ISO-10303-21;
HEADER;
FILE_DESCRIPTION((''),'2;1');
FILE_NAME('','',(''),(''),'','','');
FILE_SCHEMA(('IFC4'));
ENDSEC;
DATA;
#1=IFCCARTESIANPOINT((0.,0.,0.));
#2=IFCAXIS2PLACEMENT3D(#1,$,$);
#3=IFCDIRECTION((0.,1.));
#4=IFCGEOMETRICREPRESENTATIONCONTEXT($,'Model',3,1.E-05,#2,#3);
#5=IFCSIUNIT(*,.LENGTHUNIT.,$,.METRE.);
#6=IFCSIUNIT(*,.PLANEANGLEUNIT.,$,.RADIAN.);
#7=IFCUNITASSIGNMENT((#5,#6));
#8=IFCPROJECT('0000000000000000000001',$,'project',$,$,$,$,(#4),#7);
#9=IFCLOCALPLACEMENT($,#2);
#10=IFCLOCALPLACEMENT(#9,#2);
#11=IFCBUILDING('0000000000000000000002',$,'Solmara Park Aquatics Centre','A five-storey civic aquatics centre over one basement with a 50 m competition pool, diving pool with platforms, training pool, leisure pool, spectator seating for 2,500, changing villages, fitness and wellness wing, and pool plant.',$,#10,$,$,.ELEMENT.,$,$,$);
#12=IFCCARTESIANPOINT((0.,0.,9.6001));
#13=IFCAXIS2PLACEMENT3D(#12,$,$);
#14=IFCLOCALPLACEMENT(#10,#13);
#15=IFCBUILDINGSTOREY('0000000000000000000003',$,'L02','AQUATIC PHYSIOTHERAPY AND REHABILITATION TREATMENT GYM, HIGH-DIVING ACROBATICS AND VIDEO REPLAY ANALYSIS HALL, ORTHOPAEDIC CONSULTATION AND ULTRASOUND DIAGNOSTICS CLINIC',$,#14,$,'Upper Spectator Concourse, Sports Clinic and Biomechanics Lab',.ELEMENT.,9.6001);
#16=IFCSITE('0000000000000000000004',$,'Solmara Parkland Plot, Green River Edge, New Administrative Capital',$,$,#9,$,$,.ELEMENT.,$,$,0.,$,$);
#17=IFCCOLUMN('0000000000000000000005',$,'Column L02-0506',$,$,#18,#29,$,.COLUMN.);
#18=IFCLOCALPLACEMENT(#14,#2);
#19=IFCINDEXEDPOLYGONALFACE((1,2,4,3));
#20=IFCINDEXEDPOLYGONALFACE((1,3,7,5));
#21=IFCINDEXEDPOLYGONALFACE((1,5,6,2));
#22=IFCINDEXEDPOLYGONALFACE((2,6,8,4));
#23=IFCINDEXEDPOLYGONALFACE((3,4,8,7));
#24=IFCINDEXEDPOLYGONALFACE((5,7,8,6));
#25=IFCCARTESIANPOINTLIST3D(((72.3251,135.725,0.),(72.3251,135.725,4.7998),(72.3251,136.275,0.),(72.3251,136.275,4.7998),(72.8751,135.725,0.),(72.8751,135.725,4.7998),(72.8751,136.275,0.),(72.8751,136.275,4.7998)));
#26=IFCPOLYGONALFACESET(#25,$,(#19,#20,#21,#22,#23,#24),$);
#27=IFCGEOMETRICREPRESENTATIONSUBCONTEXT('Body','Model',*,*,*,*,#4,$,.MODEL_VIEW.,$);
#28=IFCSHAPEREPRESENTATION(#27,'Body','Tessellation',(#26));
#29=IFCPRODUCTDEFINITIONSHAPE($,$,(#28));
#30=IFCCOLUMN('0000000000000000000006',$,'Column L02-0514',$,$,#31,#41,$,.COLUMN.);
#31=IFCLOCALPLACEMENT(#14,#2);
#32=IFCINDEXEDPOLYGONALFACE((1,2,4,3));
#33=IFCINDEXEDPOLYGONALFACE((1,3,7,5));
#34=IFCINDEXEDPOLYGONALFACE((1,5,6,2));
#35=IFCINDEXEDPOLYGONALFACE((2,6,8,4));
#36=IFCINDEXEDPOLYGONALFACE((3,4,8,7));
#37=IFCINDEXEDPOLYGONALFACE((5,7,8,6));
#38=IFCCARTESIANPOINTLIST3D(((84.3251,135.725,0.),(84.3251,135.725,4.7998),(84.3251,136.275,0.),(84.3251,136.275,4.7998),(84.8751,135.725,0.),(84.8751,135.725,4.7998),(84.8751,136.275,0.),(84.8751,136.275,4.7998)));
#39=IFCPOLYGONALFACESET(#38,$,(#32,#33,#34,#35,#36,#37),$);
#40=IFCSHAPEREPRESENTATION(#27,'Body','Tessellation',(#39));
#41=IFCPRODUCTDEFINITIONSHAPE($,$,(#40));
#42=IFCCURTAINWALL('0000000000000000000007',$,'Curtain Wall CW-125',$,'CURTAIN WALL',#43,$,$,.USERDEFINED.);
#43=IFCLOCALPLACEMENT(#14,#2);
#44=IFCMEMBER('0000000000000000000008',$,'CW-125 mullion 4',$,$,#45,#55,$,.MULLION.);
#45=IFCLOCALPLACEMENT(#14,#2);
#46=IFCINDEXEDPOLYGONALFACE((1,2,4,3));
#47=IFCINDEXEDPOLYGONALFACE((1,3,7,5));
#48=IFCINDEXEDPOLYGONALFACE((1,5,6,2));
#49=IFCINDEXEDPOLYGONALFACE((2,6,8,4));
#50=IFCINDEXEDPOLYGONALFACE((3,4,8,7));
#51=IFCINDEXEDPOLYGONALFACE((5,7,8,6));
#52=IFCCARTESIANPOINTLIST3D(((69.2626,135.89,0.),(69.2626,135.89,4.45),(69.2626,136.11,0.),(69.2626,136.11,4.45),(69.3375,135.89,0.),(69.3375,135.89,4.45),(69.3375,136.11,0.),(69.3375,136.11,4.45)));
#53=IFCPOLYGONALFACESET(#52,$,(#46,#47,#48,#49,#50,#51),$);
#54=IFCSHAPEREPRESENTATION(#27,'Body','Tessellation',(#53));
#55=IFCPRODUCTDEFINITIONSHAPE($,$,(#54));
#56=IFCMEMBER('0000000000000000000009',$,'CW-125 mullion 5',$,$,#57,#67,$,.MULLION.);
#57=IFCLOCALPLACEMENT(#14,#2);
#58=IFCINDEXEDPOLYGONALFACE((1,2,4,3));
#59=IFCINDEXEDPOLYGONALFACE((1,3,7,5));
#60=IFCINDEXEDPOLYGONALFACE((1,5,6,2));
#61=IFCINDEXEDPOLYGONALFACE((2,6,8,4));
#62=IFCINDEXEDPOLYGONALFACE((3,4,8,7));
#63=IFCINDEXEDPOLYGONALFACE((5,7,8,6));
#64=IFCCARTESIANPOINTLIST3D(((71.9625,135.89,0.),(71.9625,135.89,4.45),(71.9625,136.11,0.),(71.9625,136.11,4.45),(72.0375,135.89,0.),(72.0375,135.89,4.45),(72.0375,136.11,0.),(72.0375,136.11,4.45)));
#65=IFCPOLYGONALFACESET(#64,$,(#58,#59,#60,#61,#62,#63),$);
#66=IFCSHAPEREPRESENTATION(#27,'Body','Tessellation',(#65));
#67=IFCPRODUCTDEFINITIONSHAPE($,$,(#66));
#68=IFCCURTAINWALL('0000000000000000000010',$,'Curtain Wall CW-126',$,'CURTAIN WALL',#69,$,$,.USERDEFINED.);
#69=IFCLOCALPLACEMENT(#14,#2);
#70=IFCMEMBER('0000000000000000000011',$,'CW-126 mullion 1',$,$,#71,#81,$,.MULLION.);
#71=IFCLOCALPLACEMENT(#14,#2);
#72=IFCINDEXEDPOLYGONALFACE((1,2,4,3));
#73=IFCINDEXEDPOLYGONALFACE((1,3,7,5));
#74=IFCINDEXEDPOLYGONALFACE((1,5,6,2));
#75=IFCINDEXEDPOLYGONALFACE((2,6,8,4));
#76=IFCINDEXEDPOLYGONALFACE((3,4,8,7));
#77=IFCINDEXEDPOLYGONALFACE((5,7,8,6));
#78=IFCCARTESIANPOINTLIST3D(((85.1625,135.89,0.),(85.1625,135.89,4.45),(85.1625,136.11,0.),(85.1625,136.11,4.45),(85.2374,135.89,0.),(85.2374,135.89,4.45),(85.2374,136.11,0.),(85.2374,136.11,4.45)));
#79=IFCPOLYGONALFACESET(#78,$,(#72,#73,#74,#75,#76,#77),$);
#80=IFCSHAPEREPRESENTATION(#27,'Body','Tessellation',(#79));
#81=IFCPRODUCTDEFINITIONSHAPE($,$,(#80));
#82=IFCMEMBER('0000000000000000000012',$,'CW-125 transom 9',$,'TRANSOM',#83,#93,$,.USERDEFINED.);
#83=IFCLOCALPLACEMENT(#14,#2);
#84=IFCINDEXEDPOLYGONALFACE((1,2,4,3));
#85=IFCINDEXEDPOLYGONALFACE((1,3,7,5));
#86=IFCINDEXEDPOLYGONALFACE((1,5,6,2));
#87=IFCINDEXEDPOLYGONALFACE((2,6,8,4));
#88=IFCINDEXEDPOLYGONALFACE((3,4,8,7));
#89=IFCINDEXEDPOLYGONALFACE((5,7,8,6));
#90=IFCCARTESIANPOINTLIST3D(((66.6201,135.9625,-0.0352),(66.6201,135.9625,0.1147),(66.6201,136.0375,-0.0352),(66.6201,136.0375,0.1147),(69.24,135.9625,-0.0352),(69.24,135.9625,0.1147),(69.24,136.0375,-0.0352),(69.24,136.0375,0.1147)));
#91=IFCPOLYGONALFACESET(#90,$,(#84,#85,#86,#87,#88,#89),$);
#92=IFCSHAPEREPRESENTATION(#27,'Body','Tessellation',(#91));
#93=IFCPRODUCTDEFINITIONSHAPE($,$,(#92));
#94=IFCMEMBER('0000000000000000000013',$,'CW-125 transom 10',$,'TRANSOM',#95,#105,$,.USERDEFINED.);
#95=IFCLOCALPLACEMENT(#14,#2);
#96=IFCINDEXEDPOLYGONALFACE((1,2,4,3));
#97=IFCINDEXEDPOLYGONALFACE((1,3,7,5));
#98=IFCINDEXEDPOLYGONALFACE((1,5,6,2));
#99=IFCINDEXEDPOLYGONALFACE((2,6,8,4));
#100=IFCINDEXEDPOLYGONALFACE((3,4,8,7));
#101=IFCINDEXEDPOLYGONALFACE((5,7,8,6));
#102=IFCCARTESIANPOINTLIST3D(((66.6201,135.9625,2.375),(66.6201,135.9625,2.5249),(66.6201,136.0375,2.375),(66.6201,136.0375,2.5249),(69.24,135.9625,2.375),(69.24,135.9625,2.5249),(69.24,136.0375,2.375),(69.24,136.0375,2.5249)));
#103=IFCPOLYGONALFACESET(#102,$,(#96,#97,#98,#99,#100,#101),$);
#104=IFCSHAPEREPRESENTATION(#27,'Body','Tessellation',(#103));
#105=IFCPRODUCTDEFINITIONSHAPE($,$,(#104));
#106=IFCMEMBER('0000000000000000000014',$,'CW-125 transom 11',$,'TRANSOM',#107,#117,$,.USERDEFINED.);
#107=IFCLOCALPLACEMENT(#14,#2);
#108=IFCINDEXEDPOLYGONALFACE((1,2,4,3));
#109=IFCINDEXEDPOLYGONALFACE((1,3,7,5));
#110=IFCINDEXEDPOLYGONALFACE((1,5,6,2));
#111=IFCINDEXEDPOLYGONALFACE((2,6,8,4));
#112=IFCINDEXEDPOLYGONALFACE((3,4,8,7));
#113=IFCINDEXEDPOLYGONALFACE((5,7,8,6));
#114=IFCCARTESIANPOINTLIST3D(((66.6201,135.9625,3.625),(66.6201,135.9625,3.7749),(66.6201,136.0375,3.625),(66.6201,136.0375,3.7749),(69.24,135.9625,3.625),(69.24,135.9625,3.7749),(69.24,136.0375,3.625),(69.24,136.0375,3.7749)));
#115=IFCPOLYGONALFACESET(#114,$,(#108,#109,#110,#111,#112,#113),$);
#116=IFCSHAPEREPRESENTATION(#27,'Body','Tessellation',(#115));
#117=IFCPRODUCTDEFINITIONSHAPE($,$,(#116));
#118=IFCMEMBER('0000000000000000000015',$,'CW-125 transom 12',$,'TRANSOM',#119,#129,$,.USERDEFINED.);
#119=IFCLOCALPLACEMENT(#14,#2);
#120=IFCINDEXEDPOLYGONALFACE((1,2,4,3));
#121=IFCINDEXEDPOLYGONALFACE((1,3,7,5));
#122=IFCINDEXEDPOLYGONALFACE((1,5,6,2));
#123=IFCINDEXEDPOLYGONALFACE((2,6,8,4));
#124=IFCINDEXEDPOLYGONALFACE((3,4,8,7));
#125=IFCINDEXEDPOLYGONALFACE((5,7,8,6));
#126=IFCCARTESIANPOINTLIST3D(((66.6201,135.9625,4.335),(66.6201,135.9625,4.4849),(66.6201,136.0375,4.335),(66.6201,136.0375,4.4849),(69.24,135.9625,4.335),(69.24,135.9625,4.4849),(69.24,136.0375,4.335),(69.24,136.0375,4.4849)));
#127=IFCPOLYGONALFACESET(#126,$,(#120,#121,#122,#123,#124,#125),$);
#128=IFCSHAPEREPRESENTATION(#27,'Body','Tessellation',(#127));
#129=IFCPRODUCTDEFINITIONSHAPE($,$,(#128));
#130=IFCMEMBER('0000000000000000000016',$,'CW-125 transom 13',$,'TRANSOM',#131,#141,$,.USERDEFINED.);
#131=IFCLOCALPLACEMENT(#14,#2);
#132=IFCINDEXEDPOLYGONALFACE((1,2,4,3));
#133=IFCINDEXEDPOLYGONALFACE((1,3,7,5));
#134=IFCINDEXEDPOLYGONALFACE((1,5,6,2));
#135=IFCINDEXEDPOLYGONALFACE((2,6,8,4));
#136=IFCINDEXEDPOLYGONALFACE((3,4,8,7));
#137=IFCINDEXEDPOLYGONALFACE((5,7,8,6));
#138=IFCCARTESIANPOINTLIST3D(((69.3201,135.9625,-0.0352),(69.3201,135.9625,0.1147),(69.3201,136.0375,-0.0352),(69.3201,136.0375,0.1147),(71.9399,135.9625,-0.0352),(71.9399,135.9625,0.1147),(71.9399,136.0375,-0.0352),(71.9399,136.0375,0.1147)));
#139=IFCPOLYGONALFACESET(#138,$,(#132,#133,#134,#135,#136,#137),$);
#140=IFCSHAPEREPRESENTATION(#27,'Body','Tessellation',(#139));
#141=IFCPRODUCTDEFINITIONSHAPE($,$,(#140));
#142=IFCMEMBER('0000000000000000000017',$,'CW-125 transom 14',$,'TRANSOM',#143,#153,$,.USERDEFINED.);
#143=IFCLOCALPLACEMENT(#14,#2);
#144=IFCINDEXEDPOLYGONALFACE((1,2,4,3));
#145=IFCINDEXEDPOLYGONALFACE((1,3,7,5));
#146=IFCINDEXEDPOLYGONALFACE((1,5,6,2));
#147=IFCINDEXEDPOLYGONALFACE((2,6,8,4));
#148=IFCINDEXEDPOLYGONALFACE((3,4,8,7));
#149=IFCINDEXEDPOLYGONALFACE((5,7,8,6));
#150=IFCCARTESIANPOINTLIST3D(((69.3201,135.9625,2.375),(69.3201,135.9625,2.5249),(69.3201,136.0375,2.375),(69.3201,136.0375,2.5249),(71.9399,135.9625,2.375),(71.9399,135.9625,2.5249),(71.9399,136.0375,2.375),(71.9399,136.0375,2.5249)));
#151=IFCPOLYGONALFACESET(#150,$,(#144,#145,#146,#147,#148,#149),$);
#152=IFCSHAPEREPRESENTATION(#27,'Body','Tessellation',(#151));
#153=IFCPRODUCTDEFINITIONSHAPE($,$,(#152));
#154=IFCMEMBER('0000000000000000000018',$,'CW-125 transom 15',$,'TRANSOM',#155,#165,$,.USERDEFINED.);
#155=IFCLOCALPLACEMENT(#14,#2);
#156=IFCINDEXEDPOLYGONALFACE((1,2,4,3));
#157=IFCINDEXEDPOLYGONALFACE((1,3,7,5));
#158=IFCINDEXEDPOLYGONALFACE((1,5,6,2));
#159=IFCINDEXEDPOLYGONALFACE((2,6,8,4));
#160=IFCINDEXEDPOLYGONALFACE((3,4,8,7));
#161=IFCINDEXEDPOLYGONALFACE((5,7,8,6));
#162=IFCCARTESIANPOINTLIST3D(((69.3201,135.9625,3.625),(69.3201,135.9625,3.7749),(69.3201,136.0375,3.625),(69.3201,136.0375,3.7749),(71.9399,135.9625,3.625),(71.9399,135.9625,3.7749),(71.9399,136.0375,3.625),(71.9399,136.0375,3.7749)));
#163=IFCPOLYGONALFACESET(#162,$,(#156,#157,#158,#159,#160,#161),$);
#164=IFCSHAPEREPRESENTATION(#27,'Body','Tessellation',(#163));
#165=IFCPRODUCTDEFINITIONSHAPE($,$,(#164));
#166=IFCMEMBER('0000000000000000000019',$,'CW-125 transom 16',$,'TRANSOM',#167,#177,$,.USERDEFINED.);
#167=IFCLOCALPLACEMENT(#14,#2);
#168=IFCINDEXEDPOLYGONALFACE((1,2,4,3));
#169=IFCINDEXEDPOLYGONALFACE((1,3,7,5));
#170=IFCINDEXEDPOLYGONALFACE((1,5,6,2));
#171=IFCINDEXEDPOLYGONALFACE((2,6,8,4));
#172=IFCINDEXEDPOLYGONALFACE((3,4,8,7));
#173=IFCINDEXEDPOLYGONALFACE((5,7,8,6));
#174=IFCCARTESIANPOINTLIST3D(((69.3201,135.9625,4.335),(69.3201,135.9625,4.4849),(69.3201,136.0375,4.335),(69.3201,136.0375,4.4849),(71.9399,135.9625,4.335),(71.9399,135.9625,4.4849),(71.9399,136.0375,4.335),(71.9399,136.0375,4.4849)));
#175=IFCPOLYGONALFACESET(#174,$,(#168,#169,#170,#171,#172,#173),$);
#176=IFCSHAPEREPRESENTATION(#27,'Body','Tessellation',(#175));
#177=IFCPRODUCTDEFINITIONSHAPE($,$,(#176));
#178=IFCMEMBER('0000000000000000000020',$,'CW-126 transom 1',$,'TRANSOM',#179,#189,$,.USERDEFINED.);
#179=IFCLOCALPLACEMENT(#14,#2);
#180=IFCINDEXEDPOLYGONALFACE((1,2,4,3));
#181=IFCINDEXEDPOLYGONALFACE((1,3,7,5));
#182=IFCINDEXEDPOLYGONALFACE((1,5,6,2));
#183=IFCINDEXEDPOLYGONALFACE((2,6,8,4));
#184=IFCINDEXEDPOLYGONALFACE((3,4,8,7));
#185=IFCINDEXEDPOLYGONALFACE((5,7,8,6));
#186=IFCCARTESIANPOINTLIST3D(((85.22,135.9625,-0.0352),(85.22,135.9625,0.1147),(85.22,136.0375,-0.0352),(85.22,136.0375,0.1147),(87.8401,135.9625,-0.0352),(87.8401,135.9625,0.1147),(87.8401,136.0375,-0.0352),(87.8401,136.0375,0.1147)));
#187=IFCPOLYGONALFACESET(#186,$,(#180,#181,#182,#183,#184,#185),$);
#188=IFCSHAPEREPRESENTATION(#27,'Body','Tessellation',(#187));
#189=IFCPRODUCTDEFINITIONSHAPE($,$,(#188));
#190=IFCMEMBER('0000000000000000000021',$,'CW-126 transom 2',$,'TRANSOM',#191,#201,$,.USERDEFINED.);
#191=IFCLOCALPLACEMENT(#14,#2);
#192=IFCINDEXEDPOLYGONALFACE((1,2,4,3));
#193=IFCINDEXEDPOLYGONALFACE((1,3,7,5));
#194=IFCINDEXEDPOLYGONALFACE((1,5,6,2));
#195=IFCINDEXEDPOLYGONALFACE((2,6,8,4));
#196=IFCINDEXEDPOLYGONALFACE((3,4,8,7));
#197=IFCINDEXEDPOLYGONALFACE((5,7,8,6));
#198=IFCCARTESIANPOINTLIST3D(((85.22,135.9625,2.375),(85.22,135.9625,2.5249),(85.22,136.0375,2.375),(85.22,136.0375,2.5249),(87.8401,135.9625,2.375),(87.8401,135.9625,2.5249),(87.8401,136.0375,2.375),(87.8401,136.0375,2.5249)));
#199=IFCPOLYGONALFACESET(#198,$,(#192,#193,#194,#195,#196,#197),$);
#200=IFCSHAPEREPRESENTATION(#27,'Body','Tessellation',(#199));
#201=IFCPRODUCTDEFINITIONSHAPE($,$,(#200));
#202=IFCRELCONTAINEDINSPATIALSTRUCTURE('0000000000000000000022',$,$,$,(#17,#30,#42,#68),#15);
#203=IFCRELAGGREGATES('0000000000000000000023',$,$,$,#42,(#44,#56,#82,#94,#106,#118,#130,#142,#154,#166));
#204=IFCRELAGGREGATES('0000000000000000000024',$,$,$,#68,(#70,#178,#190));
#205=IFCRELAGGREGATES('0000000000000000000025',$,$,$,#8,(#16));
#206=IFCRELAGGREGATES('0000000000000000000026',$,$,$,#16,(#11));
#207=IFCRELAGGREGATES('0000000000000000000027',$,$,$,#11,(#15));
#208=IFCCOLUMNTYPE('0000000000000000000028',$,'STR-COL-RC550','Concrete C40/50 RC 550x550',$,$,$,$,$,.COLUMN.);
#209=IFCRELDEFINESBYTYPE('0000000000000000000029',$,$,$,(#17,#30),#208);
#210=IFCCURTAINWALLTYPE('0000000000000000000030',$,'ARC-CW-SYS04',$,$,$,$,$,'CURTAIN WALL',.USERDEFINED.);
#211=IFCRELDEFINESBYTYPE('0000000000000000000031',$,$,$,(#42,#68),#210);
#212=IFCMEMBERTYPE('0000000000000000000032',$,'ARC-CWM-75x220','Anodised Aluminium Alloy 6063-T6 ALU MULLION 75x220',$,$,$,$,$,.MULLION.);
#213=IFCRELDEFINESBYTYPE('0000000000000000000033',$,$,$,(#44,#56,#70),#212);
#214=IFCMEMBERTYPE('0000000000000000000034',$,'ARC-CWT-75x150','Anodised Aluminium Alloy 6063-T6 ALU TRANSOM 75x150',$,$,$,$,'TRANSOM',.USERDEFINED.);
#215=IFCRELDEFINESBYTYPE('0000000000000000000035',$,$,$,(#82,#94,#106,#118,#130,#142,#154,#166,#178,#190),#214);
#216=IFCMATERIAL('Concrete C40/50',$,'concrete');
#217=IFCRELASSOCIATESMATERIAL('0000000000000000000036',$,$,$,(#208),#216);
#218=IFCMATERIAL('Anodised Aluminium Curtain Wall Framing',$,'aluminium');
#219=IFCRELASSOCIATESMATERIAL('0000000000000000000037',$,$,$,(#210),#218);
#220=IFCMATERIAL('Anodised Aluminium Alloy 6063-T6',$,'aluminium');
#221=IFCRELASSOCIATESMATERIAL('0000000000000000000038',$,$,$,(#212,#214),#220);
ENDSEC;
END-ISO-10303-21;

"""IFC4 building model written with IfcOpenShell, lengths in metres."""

from ifc_helpers import new_model, si_unit, direction, frame, origin, origin_2d, place, context, subcontext, project, spatial, rectangle, extrude, material, material_profile, profile_set, type_object, element, aggregate, save


model = new_model("IFC4")

# Units and contexts
model_context = context("Model", 3, precision=1e-05, world=origin(), true_north=direction((0.0, 1.0)))
body_context = subcontext(model_context, "Body", "Model", "MODEL_VIEW")
ifc_project = project(units=[si_unit("LENGTHUNIT", "METRE"), si_unit("PLANEANGLEUNIT", "RADIAN")], contexts=[model_context])

# Site, building, storey
site_placement = place(None, origin())
site = spatial("IfcSite", under=ifc_project, at=site_placement, Name="Solmara Parkland Plot, Green River Edge, New Administrative Capital", CompositionType="ELEMENT", RefElevation=0.0)
building_placement = place(site_placement, origin())
building = spatial("IfcBuilding", under=site, at=building_placement, Name="Solmara Park Aquatics Centre", Description="A five-storey civic aquatics centre over one basement with a 50 m competition pool, diving pool with platforms, training pool, leisure pool, spectator seating for 2,500, changing villages, fitness and wellness wing, and pool plant.", CompositionType="ELEMENT")
storey_placement = place(building_placement, frame((0.0, 0.0, 9.6001)))
storey = spatial("IfcBuildingStorey", under=building, at=storey_placement, Name="L02", Description="AQUATIC PHYSIOTHERAPY AND REHABILITATION TREATMENT GYM, HIGH-DIVING ACROBATICS AND VIDEO REPLAY ANALYSIS HALL, ORTHOPAEDIC CONSULTATION AND ULTRASOUND DIAGNOSTICS CLINIC", LongName="Upper Spectator Concourse, Sports Clinic and Biomechanics Lab", CompositionType="ELEMENT", Elevation=9.6001)

# Columns
ifc_material_1 = material(Name="Concrete C40/50", Category="concrete")
ifc_material_profile_1 = material_profile(ifc_material_1, rectangle(XDim=0.55, YDim=0.55, at=origin_2d()), Name="RC 550x550")
ifc_profile_set_1 = profile_set([ifc_material_profile_1], Name="Concrete C40/50")
column_type = type_object("IfcColumnType", Name="STR-COL-RC550", Description="Concrete C40/50 RC 550x550", PredefinedType="COLUMN", material=ifc_profile_set_1)
for number, where, z_axis, x_axis, name in (
    (1, (72.6001, 136.0, 0.0), (0.0, 0.0, 1.0), (1.0, 0.0, 0.0), "Column L02-0506"),
    (2, (84.6001, 136.0, 0.0), (0.0, 0.0, 1.0), (1.0, 0.0, 0.0), "Column L02-0514"),
):
    element("IfcColumn", number, at=place(storey_placement, frame(where, z_axis=z_axis, x_axis=x_axis)), inside=storey, type_object=column_type, Name=name, PredefinedType="COLUMN", context=body_context, shape_type="SweptSolid", body=[
        extrude(rectangle(XDim=0.55, YDim=0.55, at=origin_2d()), origin(), (0.0, 0.0, 1.0), 4.7998),
    ])

# Curtain wall, members
ifc_material_2 = material(Name="Anodised Aluminium Curtain Wall Framing", Category="aluminium")
curtain_wall_type = type_object("IfcCurtainWallType", Name="ARC-CW-SYS04", ElementType="CURTAIN WALL", PredefinedType="USERDEFINED", material=ifc_material_2)
curtain_wall_1_placement = place(storey_placement, origin())
curtain_wall_1 = element("IfcCurtainWall", 3, at=curtain_wall_1_placement, inside=storey, type_object=curtain_wall_type, Name="Curtain Wall CW-125", ObjectType="CURTAIN WALL", PredefinedType="USERDEFINED")
ifc_material_3 = material(Name="Anodised Aluminium Alloy 6063-T6", Category="aluminium")
ifc_material_profile_2 = material_profile(ifc_material_3, rectangle(XDim=0.075, YDim=0.22, at=origin_2d()), Name="ALU MULLION 75x220")
ifc_profile_set_2 = profile_set([ifc_material_profile_2], Name="Anodised Aluminium Alloy 6063-T6")
member_type_1 = type_object("IfcMemberType", Name="ARC-CWM-75x220", Description="Anodised Aluminium Alloy 6063-T6 ALU MULLION 75x220", PredefinedType="MULLION", material=ifc_profile_set_2)
member_1_placement = place(storey_placement, frame((69.3, 136.0, 0.0), z_axis=(0.0, 0.0, 1.0), x_axis=(1.0, 0.0, 0.0)))
member_1 = element("IfcMember", 4, at=member_1_placement, type_object=member_type_1, Name="CW-125 mullion 4", PredefinedType="MULLION", context=body_context, shape_type="SweptSolid", body=[
    extrude(rectangle(XDim=0.075, YDim=0.22, at=origin_2d()), origin(), (0.0, 0.0, 1.0), 4.45),
])
member_2_placement = place(storey_placement, frame((72.0, 136.0, 0.0), z_axis=(0.0, 0.0, 1.0), x_axis=(1.0, 0.0, 0.0)))
member_2 = element("IfcMember", 5, at=member_2_placement, type_object=member_type_1, Name="CW-125 mullion 5", PredefinedType="MULLION", context=body_context, shape_type="SweptSolid", body=[
    extrude(rectangle(XDim=0.075, YDim=0.22, at=origin_2d()), origin(), (0.0, 0.0, 1.0), 4.45),
])

# Curtain wall, member
curtain_wall_2_placement = place(storey_placement, origin())
curtain_wall_2 = element("IfcCurtainWall", 6, at=curtain_wall_2_placement, inside=storey, type_object=curtain_wall_type, Name="Curtain Wall CW-126", ObjectType="CURTAIN WALL", PredefinedType="USERDEFINED")
member_3_placement = place(storey_placement, frame((85.2, 136.0, 0.0), z_axis=(0.0, 0.0, 1.0), x_axis=(1.0, 0.0, 0.0)))
member_3 = element("IfcMember", 7, at=member_3_placement, type_object=member_type_1, Name="CW-126 mullion 1", PredefinedType="MULLION", context=body_context, shape_type="SweptSolid", body=[
    extrude(rectangle(XDim=0.075, YDim=0.22, at=origin_2d()), origin(), (0.0, 0.0, 1.0), 4.45),
])

# Members
ifc_material_profile_3 = material_profile(ifc_material_3, rectangle(XDim=0.075, YDim=0.1499, at=origin_2d()), Name="ALU TRANSOM 75x150")
ifc_profile_set_3 = profile_set([ifc_material_profile_3], Name="Anodised Aluminium Alloy 6063-T6")
member_type_2 = type_object("IfcMemberType", Name="ARC-CWT-75x150", Description="Anodised Aluminium Alloy 6063-T6 ALU TRANSOM 75x150", ElementType="TRANSOM", PredefinedType="USERDEFINED", material=ifc_profile_set_3)
member_4_placement = place(storey_placement, frame((66.6201, 136.0, 0.0398), z_axis=(1.0, 0.0, 0.0), x_axis=(0.0, 1.0, 0.0)))
member_4 = element("IfcMember", 8, at=member_4_placement, type_object=member_type_2, Name="CW-125 transom 9", ObjectType="TRANSOM", PredefinedType="USERDEFINED", context=body_context, shape_type="SweptSolid", body=[
    extrude(rectangle(XDim=0.075, YDim=0.1499, at=origin_2d()), origin(), (0.0, 0.0, 1.0), 2.6199),
])
member_5_placement = place(storey_placement, frame((66.6201, 136.0, 2.45), z_axis=(1.0, 0.0, 0.0), x_axis=(0.0, 1.0, 0.0)))
member_5 = element("IfcMember", 9, at=member_5_placement, type_object=member_type_2, Name="CW-125 transom 10", ObjectType="TRANSOM", PredefinedType="USERDEFINED", context=body_context, shape_type="SweptSolid", body=[
    extrude(rectangle(XDim=0.075, YDim=0.1499, at=origin_2d()), origin(), (0.0, 0.0, 1.0), 2.6199),
])
member_6_placement = place(storey_placement, frame((66.6201, 136.0, 3.7), z_axis=(1.0, 0.0, 0.0), x_axis=(0.0, 1.0, 0.0)))
member_6 = element("IfcMember", 10, at=member_6_placement, type_object=member_type_2, Name="CW-125 transom 11", ObjectType="TRANSOM", PredefinedType="USERDEFINED", context=body_context, shape_type="SweptSolid", body=[
    extrude(rectangle(XDim=0.075, YDim=0.1499, at=origin_2d()), origin(), (0.0, 0.0, 1.0), 2.6199),
])
member_7_placement = place(storey_placement, frame((66.6201, 136.0, 4.4099), z_axis=(1.0, 0.0, 0.0), x_axis=(0.0, 1.0, 0.0)))
member_7 = element("IfcMember", 11, at=member_7_placement, type_object=member_type_2, Name="CW-125 transom 12", ObjectType="TRANSOM", PredefinedType="USERDEFINED", context=body_context, shape_type="SweptSolid", body=[
    extrude(rectangle(XDim=0.075, YDim=0.1499, at=origin_2d()), origin(), (0.0, 0.0, 1.0), 2.6199),
])
member_8_placement = place(storey_placement, frame((69.3201, 136.0, 0.0398), z_axis=(1.0, 0.0, 0.0), x_axis=(0.0, 1.0, 0.0)))
member_8 = element("IfcMember", 12, at=member_8_placement, type_object=member_type_2, Name="CW-125 transom 13", ObjectType="TRANSOM", PredefinedType="USERDEFINED", context=body_context, shape_type="SweptSolid", body=[
    extrude(rectangle(XDim=0.075, YDim=0.1499, at=origin_2d()), origin(), (0.0, 0.0, 1.0), 2.6199),
])
member_9_placement = place(storey_placement, frame((69.3201, 136.0, 2.45), z_axis=(1.0, 0.0, 0.0), x_axis=(0.0, 1.0, 0.0)))
member_9 = element("IfcMember", 13, at=member_9_placement, type_object=member_type_2, Name="CW-125 transom 14", ObjectType="TRANSOM", PredefinedType="USERDEFINED", context=body_context, shape_type="SweptSolid", body=[
    extrude(rectangle(XDim=0.075, YDim=0.1499, at=origin_2d()), origin(), (0.0, 0.0, 1.0), 2.6199),
])
member_10_placement = place(storey_placement, frame((69.3201, 136.0, 3.7), z_axis=(1.0, 0.0, 0.0), x_axis=(0.0, 1.0, 0.0)))
member_10 = element("IfcMember", 14, at=member_10_placement, type_object=member_type_2, Name="CW-125 transom 15", ObjectType="TRANSOM", PredefinedType="USERDEFINED", context=body_context, shape_type="SweptSolid", body=[
    extrude(rectangle(XDim=0.075, YDim=0.1499, at=origin_2d()), origin(), (0.0, 0.0, 1.0), 2.6199),
])
member_11_placement = place(storey_placement, frame((69.3201, 136.0, 4.4099), z_axis=(1.0, 0.0, 0.0), x_axis=(0.0, 1.0, 0.0)))
member_11 = element("IfcMember", 15, at=member_11_placement, type_object=member_type_2, Name="CW-125 transom 16", ObjectType="TRANSOM", PredefinedType="USERDEFINED", context=body_context, shape_type="SweptSolid", body=[
    extrude(rectangle(XDim=0.075, YDim=0.1499, at=origin_2d()), origin(), (0.0, 0.0, 1.0), 2.6199),
])
member_12_placement = place(storey_placement, frame((85.22, 136.0, 0.0398), z_axis=(1.0, 0.0, 0.0), x_axis=(0.0, 1.0, 0.0)))
member_12 = element("IfcMember", 16, at=member_12_placement, type_object=member_type_2, Name="CW-126 transom 1", ObjectType="TRANSOM", PredefinedType="USERDEFINED", context=body_context, shape_type="SweptSolid", body=[
    extrude(rectangle(XDim=0.075, YDim=0.1499, at=origin_2d()), origin(), (0.0, 0.0, 1.0), 2.6201),
])
member_13_placement = place(storey_placement, frame((85.22, 136.0, 2.45), z_axis=(1.0, 0.0, 0.0), x_axis=(0.0, 1.0, 0.0)))
member_13 = element("IfcMember", 17, at=member_13_placement, type_object=member_type_2, Name="CW-126 transom 2", ObjectType="TRANSOM", PredefinedType="USERDEFINED", context=body_context, shape_type="SweptSolid", body=[
    extrude(rectangle(XDim=0.075, YDim=0.1499, at=origin_2d()), origin(), (0.0, 0.0, 1.0), 2.6201),
])

aggregate(curtain_wall_1, [member_1, member_2, member_4, member_5, member_6, member_7, member_8, member_9, member_10, member_11])
aggregate(curtain_wall_2, [member_3, member_12, member_13])

save(model, "model.ifc")
